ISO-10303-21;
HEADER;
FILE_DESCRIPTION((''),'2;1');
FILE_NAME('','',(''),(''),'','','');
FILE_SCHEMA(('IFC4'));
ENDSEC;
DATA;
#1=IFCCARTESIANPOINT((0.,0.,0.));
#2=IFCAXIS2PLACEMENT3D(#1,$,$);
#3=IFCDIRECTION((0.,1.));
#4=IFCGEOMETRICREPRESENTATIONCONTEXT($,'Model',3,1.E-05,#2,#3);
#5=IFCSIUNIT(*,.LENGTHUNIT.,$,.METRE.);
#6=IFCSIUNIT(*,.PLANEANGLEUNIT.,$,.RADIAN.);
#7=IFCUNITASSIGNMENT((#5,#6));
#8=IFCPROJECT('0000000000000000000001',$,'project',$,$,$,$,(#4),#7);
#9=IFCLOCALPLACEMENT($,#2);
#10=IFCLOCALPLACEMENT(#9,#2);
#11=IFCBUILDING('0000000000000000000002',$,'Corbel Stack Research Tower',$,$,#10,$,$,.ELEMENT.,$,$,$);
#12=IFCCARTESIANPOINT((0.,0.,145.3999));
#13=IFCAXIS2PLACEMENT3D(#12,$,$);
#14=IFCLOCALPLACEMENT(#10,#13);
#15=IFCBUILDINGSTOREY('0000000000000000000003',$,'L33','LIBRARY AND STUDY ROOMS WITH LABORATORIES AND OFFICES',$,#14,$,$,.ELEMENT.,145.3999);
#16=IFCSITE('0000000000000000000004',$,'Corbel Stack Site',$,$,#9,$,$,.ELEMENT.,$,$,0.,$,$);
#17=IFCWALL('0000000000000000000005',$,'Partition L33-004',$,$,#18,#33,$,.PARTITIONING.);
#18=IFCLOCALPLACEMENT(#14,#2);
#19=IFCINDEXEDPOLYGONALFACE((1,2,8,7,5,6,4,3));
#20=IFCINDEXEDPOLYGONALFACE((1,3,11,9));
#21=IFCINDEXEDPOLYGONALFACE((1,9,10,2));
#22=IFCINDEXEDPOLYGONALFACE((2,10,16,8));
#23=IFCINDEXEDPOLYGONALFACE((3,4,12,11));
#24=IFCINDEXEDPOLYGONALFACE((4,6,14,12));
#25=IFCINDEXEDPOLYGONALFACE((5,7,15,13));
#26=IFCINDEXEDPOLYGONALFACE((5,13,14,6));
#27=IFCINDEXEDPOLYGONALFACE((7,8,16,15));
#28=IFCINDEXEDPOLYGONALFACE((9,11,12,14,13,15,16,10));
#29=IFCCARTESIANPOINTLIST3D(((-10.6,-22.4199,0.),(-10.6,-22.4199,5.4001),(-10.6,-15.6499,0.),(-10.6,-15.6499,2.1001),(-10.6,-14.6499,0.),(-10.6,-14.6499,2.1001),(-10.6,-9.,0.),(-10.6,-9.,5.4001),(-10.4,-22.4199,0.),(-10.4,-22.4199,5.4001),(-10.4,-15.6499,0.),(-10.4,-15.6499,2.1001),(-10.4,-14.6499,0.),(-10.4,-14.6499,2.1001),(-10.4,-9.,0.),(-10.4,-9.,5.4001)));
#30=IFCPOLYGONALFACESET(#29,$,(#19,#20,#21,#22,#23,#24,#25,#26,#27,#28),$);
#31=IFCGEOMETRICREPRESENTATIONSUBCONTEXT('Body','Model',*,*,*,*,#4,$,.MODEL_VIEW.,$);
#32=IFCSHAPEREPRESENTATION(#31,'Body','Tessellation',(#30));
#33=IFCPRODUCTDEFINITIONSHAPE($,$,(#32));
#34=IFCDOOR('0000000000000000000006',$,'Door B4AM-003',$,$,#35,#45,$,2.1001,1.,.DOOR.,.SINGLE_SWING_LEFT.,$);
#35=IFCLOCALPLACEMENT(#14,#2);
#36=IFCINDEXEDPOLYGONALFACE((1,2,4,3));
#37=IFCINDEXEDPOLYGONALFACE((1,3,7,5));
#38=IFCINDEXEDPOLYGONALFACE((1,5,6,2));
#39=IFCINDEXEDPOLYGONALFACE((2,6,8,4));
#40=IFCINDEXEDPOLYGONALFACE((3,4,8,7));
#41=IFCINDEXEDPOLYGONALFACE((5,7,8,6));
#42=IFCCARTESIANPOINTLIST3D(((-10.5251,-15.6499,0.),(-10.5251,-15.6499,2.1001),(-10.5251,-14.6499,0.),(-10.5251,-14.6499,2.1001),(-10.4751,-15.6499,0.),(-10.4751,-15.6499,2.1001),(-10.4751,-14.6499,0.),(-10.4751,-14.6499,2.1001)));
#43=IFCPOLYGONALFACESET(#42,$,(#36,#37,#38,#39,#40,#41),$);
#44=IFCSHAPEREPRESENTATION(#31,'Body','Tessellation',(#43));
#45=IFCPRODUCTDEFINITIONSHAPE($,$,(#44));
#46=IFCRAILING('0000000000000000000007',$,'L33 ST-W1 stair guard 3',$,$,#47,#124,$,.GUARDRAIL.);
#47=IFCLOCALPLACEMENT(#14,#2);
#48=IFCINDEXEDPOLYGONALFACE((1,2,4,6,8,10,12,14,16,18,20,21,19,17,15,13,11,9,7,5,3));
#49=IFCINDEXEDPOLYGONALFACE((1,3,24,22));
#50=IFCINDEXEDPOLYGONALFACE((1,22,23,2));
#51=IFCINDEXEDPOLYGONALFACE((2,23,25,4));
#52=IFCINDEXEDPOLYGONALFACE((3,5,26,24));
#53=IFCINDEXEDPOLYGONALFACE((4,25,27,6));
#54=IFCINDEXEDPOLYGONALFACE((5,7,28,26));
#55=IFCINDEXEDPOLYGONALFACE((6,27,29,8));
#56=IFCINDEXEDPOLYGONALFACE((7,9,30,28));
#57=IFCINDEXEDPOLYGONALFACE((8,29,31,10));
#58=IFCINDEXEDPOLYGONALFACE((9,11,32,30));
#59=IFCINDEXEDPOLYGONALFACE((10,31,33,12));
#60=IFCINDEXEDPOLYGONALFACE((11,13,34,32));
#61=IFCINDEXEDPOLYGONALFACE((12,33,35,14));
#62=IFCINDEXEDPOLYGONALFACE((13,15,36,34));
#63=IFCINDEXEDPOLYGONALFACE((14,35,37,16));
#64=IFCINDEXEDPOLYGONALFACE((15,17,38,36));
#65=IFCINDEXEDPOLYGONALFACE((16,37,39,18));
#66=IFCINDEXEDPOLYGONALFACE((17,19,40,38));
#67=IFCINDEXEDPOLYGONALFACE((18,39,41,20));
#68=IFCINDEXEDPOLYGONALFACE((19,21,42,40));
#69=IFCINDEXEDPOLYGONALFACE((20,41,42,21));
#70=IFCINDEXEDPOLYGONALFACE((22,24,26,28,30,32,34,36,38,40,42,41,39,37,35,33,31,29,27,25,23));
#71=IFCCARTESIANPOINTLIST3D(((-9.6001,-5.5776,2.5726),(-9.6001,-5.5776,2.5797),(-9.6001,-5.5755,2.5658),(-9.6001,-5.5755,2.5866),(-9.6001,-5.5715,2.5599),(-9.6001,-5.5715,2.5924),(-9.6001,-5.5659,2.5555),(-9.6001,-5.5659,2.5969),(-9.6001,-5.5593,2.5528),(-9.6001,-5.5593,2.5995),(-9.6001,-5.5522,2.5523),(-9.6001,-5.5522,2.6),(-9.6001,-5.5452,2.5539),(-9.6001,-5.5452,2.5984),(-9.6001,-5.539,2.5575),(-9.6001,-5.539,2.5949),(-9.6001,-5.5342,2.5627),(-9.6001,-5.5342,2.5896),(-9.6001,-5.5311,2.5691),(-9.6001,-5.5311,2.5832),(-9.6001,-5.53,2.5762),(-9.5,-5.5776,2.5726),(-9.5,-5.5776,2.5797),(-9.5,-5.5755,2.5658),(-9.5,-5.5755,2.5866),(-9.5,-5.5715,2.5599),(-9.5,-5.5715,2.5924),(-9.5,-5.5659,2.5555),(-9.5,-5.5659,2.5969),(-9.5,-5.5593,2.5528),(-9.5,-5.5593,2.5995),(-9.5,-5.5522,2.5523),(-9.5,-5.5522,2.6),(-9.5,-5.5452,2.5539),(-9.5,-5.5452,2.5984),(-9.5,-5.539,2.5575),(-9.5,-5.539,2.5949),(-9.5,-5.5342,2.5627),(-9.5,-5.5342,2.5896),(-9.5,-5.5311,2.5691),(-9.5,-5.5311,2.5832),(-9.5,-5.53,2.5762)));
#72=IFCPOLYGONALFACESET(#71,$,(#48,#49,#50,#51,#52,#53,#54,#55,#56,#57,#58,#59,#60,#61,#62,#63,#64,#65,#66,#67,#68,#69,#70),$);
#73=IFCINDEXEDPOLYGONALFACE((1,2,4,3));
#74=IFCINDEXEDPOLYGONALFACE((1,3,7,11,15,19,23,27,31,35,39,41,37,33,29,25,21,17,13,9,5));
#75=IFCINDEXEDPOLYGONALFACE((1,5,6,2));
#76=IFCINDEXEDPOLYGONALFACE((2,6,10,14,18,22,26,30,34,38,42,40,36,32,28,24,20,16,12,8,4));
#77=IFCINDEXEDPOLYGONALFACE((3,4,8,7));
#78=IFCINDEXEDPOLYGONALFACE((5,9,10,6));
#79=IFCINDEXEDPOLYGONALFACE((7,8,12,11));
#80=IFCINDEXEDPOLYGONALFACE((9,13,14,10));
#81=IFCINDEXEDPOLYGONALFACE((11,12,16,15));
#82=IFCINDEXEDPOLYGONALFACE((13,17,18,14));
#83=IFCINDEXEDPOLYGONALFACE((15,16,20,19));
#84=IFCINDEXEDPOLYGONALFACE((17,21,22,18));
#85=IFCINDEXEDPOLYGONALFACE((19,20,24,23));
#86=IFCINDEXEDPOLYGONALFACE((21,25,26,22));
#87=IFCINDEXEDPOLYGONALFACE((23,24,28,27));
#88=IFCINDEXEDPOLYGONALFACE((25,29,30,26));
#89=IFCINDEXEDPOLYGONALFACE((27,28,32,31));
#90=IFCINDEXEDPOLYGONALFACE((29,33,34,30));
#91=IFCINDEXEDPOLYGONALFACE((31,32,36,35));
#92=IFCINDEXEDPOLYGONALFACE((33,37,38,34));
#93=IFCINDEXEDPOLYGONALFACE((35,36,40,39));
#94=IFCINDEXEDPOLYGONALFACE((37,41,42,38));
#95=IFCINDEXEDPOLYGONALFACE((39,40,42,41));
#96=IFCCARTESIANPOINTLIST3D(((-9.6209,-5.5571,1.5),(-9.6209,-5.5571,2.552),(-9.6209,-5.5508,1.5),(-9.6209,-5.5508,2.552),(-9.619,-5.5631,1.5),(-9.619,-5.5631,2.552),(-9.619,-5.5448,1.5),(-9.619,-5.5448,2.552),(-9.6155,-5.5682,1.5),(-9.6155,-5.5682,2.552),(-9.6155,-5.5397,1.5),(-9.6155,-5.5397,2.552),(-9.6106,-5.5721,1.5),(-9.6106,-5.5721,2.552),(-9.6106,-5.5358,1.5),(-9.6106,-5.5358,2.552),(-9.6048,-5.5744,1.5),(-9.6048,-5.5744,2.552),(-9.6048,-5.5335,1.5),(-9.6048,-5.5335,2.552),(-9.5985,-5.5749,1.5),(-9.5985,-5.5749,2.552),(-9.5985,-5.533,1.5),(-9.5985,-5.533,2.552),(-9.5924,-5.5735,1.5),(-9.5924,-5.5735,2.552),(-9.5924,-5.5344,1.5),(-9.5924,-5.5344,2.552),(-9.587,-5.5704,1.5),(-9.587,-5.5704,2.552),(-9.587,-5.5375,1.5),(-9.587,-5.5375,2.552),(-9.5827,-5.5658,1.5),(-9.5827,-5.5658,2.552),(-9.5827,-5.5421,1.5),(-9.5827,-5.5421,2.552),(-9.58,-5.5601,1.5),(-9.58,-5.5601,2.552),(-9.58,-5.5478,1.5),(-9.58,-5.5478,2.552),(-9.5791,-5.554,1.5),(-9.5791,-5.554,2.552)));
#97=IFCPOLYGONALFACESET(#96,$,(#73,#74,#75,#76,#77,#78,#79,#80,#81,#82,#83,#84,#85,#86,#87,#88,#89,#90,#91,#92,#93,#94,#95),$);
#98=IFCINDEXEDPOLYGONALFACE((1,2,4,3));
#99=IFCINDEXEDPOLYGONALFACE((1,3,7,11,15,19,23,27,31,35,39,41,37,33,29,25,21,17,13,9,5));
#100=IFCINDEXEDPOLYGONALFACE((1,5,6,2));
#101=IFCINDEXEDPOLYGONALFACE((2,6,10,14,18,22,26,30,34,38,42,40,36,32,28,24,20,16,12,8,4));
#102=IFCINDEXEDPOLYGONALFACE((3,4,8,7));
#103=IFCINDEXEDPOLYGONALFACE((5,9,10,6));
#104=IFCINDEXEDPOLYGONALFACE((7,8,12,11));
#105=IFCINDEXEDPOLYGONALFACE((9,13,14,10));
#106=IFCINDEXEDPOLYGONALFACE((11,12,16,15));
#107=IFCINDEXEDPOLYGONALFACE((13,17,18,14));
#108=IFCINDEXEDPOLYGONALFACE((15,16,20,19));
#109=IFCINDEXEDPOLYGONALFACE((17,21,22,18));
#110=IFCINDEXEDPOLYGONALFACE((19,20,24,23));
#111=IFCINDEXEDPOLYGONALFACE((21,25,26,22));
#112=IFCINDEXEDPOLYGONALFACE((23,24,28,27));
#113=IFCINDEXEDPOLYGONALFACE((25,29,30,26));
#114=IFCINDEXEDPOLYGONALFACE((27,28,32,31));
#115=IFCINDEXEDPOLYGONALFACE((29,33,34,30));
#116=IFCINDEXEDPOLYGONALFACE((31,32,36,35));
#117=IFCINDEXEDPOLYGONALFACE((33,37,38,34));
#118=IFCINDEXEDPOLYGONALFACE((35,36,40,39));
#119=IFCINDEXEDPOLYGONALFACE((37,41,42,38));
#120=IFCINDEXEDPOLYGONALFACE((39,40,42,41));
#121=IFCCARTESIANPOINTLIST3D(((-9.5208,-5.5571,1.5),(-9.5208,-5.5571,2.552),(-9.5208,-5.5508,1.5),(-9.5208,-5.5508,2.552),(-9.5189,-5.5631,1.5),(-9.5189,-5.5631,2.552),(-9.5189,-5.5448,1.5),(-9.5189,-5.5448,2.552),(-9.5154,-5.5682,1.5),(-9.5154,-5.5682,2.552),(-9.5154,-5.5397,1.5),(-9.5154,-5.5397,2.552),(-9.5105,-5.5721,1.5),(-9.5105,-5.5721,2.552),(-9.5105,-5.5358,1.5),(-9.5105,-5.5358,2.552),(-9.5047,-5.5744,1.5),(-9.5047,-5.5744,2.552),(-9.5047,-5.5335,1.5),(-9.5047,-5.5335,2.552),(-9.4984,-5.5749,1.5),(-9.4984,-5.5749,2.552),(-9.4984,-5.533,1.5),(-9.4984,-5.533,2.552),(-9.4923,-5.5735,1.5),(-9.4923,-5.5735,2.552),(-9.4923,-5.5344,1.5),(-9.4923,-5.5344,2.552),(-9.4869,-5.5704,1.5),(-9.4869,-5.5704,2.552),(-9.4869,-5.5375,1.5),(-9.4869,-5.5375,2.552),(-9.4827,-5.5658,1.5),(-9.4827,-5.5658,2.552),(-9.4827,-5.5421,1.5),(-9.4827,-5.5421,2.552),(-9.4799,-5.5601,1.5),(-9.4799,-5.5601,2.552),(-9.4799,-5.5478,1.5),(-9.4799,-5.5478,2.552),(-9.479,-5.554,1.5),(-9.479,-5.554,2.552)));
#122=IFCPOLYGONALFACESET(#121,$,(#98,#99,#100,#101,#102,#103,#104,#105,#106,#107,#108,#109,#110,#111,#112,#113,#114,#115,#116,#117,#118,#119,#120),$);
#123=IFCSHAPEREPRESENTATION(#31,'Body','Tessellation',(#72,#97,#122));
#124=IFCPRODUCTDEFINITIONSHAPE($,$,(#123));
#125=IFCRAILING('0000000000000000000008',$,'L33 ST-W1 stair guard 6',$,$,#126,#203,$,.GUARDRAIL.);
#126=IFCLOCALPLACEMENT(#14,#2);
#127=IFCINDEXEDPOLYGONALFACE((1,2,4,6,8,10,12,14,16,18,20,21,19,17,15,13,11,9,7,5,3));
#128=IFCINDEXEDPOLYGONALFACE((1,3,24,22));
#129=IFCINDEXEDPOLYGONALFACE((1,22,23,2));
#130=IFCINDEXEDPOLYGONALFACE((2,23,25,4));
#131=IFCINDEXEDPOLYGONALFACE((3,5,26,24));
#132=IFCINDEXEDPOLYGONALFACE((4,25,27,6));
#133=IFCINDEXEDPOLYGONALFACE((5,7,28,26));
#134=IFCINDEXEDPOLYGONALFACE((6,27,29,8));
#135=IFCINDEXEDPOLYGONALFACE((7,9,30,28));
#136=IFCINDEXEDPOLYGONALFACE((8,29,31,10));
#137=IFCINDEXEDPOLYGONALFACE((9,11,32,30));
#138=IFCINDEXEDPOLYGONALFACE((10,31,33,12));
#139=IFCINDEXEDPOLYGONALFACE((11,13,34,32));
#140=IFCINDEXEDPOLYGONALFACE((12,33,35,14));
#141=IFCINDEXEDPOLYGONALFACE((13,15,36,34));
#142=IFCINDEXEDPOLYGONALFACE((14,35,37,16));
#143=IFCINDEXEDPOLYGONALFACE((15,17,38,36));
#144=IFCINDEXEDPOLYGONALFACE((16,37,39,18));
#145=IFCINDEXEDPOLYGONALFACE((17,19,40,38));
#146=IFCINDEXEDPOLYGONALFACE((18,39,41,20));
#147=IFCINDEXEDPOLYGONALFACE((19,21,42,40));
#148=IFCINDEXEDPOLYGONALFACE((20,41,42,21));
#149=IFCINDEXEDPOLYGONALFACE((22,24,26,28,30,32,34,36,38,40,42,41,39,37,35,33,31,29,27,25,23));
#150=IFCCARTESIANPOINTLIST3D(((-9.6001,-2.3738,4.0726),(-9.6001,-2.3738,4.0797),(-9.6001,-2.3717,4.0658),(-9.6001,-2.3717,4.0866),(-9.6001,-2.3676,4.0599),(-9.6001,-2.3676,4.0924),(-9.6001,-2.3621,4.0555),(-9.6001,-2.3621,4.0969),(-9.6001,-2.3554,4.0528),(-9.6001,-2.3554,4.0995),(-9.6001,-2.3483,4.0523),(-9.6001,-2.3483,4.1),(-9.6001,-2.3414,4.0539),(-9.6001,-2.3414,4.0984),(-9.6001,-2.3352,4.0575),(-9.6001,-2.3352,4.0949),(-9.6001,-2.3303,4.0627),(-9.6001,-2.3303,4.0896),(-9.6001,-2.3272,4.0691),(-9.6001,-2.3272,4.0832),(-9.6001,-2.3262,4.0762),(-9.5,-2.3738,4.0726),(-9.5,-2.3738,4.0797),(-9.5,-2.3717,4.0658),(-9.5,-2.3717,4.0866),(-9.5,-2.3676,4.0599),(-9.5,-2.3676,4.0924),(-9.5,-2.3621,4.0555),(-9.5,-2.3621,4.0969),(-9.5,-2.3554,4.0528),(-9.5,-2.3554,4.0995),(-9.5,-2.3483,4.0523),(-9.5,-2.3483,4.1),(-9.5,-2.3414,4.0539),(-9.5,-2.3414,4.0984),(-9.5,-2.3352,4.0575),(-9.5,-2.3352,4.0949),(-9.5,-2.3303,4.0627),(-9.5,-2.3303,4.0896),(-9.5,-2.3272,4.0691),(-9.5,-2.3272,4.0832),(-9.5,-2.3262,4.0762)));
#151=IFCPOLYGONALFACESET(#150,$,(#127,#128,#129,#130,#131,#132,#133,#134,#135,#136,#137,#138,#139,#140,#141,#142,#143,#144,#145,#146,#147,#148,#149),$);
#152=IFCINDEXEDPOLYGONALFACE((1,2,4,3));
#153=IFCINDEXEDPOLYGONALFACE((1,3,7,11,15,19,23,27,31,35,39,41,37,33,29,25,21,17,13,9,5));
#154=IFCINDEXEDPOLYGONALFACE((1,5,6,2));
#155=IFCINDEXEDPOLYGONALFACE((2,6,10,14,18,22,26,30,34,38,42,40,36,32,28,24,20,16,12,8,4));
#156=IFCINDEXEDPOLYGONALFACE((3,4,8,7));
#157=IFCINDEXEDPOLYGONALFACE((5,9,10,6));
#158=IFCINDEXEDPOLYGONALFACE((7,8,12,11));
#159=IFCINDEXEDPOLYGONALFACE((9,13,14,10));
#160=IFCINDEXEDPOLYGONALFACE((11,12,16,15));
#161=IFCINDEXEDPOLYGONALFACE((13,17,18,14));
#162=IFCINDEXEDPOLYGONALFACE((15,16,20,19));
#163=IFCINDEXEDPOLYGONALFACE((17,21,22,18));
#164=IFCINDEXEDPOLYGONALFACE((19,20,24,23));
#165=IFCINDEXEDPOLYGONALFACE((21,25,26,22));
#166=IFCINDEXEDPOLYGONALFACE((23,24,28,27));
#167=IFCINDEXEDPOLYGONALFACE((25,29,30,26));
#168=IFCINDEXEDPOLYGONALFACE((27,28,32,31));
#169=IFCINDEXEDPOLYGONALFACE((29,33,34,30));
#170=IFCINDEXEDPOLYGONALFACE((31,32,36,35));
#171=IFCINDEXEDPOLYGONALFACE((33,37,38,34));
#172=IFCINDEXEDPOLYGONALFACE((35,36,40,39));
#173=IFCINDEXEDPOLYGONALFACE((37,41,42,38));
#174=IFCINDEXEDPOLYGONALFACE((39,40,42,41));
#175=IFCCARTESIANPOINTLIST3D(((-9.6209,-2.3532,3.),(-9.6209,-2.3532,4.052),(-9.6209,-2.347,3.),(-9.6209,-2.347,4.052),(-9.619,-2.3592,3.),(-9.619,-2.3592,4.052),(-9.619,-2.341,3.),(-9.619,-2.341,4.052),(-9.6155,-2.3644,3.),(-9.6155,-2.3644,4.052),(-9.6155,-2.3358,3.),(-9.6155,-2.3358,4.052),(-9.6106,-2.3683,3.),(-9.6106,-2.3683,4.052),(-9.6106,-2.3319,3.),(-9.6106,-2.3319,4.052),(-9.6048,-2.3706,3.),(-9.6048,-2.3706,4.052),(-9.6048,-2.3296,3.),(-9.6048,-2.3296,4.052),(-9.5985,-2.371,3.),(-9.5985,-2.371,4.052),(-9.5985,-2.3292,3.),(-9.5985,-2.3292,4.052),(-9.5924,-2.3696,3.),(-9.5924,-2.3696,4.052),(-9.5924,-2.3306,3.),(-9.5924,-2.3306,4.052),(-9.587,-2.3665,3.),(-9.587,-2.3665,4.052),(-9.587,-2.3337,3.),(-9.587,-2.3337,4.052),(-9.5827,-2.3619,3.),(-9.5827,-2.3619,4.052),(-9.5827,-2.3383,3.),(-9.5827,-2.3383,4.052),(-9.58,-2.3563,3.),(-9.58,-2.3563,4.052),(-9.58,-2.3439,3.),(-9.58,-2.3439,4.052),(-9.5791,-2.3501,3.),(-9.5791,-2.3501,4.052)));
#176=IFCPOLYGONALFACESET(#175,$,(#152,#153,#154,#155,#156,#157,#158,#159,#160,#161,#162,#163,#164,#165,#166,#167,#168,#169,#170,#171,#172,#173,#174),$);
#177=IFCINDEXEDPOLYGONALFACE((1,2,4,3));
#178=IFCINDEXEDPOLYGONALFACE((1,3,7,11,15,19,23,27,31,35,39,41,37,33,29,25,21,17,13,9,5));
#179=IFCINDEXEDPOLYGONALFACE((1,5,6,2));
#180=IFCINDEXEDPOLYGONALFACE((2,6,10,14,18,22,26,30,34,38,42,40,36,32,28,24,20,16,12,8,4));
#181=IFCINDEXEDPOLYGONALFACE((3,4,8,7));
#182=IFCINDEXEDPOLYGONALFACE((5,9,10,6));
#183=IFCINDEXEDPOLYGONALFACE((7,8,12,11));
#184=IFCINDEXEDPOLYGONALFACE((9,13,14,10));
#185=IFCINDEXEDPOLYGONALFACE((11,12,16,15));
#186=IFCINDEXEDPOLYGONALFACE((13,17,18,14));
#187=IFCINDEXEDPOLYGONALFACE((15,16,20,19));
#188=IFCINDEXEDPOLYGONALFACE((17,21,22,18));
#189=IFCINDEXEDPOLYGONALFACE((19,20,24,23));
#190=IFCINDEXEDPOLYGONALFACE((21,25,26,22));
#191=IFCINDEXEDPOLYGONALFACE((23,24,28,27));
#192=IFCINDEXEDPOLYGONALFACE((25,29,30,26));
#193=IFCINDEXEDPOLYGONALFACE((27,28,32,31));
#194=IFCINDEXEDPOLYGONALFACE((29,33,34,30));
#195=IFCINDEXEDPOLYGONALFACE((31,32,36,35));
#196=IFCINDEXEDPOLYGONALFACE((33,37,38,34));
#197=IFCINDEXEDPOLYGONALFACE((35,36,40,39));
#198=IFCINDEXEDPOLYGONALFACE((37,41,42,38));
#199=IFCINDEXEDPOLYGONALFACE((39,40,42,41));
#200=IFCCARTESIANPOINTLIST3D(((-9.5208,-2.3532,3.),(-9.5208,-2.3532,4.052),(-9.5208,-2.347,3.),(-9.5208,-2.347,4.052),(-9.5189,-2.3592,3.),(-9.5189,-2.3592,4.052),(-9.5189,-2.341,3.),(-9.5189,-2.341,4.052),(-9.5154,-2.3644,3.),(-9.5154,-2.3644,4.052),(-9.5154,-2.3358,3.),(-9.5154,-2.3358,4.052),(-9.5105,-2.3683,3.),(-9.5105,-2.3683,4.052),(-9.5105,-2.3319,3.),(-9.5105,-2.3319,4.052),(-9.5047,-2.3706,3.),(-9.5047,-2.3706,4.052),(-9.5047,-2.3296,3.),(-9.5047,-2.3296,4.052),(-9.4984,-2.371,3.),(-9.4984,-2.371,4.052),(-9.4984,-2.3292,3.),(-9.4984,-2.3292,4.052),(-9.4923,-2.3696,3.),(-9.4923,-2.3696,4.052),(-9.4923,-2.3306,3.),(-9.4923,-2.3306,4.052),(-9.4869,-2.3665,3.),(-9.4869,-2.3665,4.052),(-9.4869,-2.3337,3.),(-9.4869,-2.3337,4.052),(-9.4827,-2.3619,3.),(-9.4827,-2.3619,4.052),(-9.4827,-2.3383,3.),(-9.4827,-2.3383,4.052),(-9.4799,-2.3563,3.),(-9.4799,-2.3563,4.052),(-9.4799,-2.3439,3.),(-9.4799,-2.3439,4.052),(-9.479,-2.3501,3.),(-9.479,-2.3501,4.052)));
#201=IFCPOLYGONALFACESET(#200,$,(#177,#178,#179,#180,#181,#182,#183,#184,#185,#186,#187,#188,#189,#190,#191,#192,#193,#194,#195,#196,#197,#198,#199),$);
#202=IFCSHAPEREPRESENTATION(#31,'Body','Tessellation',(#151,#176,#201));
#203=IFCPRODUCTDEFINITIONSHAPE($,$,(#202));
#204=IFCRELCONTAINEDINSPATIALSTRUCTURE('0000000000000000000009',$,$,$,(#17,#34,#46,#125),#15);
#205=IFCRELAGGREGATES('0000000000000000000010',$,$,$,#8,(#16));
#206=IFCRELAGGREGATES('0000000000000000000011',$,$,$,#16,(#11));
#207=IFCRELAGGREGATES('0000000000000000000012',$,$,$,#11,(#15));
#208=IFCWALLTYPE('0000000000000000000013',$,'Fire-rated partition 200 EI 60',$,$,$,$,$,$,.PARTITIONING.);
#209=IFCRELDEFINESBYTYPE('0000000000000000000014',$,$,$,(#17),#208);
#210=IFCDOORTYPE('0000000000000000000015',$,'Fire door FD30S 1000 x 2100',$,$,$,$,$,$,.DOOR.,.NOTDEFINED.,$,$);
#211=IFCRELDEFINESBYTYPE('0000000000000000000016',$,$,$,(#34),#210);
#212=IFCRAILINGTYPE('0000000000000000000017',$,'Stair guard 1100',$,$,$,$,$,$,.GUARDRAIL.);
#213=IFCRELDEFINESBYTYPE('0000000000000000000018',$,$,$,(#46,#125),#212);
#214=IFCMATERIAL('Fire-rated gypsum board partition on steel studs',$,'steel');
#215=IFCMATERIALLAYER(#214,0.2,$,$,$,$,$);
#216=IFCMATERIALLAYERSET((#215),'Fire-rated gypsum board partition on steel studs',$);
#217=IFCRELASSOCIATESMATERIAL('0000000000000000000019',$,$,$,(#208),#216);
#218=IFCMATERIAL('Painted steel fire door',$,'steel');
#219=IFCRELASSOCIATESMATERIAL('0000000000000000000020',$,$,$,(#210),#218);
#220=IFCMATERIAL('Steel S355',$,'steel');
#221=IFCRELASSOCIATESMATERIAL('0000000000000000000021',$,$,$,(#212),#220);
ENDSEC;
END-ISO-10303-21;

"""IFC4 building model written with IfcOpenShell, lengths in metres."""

from ifc_helpers import new_model, si_unit, direction, frame, frame_2d, origin, origin_2d, place, context, subcontext, project, spatial, rectangle, circle, extrude, material, layer, layer_set, type_object, element, fill, save


model = new_model("IFC4")

# Units and contexts
model_context = context("Model", 3, precision=1e-05, world=origin(), true_north=direction((0.0, 1.0)))
body_context = subcontext(model_context, "Body", "Model", "MODEL_VIEW")
ifc_project = project(units=[si_unit("LENGTHUNIT", "METRE"), si_unit("PLANEANGLEUNIT", "RADIAN")], contexts=[model_context])

# Site, building, storey
site_placement = place(None, origin())
site = spatial("IfcSite", under=ifc_project, at=site_placement, Name="Corbel Stack Site", CompositionType="ELEMENT", RefElevation=0.0)
building_placement = place(site_placement, origin())
building = spatial("IfcBuilding", under=site, at=building_placement, Name="Corbel Stack Research Tower", CompositionType="ELEMENT")
storey_placement = place(building_placement, frame((0.0, 0.0, 145.3999)))
storey = spatial("IfcBuildingStorey", under=building, at=storey_placement, Name="L33", Description="LIBRARY AND STUDY ROOMS WITH LABORATORIES AND OFFICES", CompositionType="ELEMENT", Elevation=145.3999)

# Wall, opening, door
ifc_material_1 = material(Name="Fire-rated gypsum board partition on steel studs", Category="steel")
ifc_layer_1 = layer(ifc_material_1, 0.2)
ifc_layer_set_1 = layer_set([ifc_layer_1], Name="Fire-rated gypsum board partition on steel studs")
wall_type_1 = type_object("IfcWallType", Name="Fire-rated partition 200 EI 60", PredefinedType="PARTITIONING", material=ifc_layer_set_1)
wall_1_placement = place(storey_placement, frame((-10.5, -9.0, 0.0), z_axis=(0.0, 0.0, 1.0), x_axis=(0.0, -1.0, 0.0)))
wall_1 = element("IfcWall", 1, at=wall_1_placement, inside=storey, type_object=wall_type_1, Name="Partition L33-004", PredefinedType="PARTITIONING", context=body_context, shape_type="SweptSolid", body=[
    extrude(rectangle(XDim=13.4199, YDim=0.2, at=frame_2d((6.71, 0.0))), origin(), (0.0, 0.0, 1.0), 5.4001),
])
opening_1_placement = place(wall_1_placement, frame((5.6499, 0.0, 0.0)))
opening_1 = element("IfcOpeningElement", 2, at=opening_1_placement, cuts=wall_1, PredefinedType="OPENING", context=body_context, shape_type="SweptSolid", body=[
    extrude(rectangle(XDim=1.0, YDim=2.1001, at=frame_2d((0.5, 1.05))), frame((0.0, 0.1099, 0.0), z_axis=(0.0, -1.0, 0.0), x_axis=(1.0, 0.0, 0.0)), (0.0, 0.0, 1.0), 0.22),
])
ifc_material_2 = material(Name="Painted steel fire door", Category="steel")
door_type_1 = type_object("IfcDoorType", Name="Fire door FD30S 1000 x 2100", OperationType="NOTDEFINED", PredefinedType="DOOR", material=ifc_material_2)
door_1_placement = place(opening_1_placement, origin())
door_1 = element("IfcDoor", 3, at=door_1_placement, inside=storey, type_object=door_type_1, Name="Door B4AM-003", OperationType="SINGLE_SWING_LEFT", OverallHeight=2.1001, OverallWidth=1.0, PredefinedType="DOOR", context=body_context, shape_type="SweptSolid", body=[
    extrude(rectangle(XDim=1.0, YDim=2.1001, at=frame_2d((0.5, 1.05))), frame((0.0, 0.0249, 0.0), z_axis=(0.0, -1.0, 0.0), x_axis=(1.0, 0.0, 0.0)), (0.0, 0.0, 1.0), 0.05),
])
fill(opening_1, door_1)

# Railings
ifc_material_3 = material(Name="Steel S355", Category="steel")
railing_type = type_object("IfcRailingType", Name="Stair guard 1100", PredefinedType="GUARDRAIL", material=ifc_material_3)
for number, where, name in (
    (4, (-9.6001, -5.554, 1.5), "L33 ST-W1 stair guard 3"),
    (5, (-9.6001, -2.3501, 3.0), "L33 ST-W1 stair guard 6"),
):
    element("IfcRailing", number, at=place(storey_placement, frame(where)), inside=storey, type_object=railing_type, Name=name, PredefinedType="GUARDRAIL", context=body_context, shape_type="SweptSolid", body=[
        extrude(circle(Radius=0.0239, at=origin_2d()), frame((0.0, 0.0, 1.0762), z_axis=(1.0, 0.0, 0.0), x_axis=(0.0, 1.0, 0.0)), (0.0, 0.0, 1.0), 0.1001),
        extrude(circle(Radius=0.021, at=origin_2d()), origin(), (0.0, 0.0, 1.0), 1.052),
        extrude(circle(Radius=0.021, at=origin_2d()), frame((0.1001, 0.0, 0.0)), (0.0, 0.0, 1.0), 1.052),
    ])

save(model, "model.ifc")
